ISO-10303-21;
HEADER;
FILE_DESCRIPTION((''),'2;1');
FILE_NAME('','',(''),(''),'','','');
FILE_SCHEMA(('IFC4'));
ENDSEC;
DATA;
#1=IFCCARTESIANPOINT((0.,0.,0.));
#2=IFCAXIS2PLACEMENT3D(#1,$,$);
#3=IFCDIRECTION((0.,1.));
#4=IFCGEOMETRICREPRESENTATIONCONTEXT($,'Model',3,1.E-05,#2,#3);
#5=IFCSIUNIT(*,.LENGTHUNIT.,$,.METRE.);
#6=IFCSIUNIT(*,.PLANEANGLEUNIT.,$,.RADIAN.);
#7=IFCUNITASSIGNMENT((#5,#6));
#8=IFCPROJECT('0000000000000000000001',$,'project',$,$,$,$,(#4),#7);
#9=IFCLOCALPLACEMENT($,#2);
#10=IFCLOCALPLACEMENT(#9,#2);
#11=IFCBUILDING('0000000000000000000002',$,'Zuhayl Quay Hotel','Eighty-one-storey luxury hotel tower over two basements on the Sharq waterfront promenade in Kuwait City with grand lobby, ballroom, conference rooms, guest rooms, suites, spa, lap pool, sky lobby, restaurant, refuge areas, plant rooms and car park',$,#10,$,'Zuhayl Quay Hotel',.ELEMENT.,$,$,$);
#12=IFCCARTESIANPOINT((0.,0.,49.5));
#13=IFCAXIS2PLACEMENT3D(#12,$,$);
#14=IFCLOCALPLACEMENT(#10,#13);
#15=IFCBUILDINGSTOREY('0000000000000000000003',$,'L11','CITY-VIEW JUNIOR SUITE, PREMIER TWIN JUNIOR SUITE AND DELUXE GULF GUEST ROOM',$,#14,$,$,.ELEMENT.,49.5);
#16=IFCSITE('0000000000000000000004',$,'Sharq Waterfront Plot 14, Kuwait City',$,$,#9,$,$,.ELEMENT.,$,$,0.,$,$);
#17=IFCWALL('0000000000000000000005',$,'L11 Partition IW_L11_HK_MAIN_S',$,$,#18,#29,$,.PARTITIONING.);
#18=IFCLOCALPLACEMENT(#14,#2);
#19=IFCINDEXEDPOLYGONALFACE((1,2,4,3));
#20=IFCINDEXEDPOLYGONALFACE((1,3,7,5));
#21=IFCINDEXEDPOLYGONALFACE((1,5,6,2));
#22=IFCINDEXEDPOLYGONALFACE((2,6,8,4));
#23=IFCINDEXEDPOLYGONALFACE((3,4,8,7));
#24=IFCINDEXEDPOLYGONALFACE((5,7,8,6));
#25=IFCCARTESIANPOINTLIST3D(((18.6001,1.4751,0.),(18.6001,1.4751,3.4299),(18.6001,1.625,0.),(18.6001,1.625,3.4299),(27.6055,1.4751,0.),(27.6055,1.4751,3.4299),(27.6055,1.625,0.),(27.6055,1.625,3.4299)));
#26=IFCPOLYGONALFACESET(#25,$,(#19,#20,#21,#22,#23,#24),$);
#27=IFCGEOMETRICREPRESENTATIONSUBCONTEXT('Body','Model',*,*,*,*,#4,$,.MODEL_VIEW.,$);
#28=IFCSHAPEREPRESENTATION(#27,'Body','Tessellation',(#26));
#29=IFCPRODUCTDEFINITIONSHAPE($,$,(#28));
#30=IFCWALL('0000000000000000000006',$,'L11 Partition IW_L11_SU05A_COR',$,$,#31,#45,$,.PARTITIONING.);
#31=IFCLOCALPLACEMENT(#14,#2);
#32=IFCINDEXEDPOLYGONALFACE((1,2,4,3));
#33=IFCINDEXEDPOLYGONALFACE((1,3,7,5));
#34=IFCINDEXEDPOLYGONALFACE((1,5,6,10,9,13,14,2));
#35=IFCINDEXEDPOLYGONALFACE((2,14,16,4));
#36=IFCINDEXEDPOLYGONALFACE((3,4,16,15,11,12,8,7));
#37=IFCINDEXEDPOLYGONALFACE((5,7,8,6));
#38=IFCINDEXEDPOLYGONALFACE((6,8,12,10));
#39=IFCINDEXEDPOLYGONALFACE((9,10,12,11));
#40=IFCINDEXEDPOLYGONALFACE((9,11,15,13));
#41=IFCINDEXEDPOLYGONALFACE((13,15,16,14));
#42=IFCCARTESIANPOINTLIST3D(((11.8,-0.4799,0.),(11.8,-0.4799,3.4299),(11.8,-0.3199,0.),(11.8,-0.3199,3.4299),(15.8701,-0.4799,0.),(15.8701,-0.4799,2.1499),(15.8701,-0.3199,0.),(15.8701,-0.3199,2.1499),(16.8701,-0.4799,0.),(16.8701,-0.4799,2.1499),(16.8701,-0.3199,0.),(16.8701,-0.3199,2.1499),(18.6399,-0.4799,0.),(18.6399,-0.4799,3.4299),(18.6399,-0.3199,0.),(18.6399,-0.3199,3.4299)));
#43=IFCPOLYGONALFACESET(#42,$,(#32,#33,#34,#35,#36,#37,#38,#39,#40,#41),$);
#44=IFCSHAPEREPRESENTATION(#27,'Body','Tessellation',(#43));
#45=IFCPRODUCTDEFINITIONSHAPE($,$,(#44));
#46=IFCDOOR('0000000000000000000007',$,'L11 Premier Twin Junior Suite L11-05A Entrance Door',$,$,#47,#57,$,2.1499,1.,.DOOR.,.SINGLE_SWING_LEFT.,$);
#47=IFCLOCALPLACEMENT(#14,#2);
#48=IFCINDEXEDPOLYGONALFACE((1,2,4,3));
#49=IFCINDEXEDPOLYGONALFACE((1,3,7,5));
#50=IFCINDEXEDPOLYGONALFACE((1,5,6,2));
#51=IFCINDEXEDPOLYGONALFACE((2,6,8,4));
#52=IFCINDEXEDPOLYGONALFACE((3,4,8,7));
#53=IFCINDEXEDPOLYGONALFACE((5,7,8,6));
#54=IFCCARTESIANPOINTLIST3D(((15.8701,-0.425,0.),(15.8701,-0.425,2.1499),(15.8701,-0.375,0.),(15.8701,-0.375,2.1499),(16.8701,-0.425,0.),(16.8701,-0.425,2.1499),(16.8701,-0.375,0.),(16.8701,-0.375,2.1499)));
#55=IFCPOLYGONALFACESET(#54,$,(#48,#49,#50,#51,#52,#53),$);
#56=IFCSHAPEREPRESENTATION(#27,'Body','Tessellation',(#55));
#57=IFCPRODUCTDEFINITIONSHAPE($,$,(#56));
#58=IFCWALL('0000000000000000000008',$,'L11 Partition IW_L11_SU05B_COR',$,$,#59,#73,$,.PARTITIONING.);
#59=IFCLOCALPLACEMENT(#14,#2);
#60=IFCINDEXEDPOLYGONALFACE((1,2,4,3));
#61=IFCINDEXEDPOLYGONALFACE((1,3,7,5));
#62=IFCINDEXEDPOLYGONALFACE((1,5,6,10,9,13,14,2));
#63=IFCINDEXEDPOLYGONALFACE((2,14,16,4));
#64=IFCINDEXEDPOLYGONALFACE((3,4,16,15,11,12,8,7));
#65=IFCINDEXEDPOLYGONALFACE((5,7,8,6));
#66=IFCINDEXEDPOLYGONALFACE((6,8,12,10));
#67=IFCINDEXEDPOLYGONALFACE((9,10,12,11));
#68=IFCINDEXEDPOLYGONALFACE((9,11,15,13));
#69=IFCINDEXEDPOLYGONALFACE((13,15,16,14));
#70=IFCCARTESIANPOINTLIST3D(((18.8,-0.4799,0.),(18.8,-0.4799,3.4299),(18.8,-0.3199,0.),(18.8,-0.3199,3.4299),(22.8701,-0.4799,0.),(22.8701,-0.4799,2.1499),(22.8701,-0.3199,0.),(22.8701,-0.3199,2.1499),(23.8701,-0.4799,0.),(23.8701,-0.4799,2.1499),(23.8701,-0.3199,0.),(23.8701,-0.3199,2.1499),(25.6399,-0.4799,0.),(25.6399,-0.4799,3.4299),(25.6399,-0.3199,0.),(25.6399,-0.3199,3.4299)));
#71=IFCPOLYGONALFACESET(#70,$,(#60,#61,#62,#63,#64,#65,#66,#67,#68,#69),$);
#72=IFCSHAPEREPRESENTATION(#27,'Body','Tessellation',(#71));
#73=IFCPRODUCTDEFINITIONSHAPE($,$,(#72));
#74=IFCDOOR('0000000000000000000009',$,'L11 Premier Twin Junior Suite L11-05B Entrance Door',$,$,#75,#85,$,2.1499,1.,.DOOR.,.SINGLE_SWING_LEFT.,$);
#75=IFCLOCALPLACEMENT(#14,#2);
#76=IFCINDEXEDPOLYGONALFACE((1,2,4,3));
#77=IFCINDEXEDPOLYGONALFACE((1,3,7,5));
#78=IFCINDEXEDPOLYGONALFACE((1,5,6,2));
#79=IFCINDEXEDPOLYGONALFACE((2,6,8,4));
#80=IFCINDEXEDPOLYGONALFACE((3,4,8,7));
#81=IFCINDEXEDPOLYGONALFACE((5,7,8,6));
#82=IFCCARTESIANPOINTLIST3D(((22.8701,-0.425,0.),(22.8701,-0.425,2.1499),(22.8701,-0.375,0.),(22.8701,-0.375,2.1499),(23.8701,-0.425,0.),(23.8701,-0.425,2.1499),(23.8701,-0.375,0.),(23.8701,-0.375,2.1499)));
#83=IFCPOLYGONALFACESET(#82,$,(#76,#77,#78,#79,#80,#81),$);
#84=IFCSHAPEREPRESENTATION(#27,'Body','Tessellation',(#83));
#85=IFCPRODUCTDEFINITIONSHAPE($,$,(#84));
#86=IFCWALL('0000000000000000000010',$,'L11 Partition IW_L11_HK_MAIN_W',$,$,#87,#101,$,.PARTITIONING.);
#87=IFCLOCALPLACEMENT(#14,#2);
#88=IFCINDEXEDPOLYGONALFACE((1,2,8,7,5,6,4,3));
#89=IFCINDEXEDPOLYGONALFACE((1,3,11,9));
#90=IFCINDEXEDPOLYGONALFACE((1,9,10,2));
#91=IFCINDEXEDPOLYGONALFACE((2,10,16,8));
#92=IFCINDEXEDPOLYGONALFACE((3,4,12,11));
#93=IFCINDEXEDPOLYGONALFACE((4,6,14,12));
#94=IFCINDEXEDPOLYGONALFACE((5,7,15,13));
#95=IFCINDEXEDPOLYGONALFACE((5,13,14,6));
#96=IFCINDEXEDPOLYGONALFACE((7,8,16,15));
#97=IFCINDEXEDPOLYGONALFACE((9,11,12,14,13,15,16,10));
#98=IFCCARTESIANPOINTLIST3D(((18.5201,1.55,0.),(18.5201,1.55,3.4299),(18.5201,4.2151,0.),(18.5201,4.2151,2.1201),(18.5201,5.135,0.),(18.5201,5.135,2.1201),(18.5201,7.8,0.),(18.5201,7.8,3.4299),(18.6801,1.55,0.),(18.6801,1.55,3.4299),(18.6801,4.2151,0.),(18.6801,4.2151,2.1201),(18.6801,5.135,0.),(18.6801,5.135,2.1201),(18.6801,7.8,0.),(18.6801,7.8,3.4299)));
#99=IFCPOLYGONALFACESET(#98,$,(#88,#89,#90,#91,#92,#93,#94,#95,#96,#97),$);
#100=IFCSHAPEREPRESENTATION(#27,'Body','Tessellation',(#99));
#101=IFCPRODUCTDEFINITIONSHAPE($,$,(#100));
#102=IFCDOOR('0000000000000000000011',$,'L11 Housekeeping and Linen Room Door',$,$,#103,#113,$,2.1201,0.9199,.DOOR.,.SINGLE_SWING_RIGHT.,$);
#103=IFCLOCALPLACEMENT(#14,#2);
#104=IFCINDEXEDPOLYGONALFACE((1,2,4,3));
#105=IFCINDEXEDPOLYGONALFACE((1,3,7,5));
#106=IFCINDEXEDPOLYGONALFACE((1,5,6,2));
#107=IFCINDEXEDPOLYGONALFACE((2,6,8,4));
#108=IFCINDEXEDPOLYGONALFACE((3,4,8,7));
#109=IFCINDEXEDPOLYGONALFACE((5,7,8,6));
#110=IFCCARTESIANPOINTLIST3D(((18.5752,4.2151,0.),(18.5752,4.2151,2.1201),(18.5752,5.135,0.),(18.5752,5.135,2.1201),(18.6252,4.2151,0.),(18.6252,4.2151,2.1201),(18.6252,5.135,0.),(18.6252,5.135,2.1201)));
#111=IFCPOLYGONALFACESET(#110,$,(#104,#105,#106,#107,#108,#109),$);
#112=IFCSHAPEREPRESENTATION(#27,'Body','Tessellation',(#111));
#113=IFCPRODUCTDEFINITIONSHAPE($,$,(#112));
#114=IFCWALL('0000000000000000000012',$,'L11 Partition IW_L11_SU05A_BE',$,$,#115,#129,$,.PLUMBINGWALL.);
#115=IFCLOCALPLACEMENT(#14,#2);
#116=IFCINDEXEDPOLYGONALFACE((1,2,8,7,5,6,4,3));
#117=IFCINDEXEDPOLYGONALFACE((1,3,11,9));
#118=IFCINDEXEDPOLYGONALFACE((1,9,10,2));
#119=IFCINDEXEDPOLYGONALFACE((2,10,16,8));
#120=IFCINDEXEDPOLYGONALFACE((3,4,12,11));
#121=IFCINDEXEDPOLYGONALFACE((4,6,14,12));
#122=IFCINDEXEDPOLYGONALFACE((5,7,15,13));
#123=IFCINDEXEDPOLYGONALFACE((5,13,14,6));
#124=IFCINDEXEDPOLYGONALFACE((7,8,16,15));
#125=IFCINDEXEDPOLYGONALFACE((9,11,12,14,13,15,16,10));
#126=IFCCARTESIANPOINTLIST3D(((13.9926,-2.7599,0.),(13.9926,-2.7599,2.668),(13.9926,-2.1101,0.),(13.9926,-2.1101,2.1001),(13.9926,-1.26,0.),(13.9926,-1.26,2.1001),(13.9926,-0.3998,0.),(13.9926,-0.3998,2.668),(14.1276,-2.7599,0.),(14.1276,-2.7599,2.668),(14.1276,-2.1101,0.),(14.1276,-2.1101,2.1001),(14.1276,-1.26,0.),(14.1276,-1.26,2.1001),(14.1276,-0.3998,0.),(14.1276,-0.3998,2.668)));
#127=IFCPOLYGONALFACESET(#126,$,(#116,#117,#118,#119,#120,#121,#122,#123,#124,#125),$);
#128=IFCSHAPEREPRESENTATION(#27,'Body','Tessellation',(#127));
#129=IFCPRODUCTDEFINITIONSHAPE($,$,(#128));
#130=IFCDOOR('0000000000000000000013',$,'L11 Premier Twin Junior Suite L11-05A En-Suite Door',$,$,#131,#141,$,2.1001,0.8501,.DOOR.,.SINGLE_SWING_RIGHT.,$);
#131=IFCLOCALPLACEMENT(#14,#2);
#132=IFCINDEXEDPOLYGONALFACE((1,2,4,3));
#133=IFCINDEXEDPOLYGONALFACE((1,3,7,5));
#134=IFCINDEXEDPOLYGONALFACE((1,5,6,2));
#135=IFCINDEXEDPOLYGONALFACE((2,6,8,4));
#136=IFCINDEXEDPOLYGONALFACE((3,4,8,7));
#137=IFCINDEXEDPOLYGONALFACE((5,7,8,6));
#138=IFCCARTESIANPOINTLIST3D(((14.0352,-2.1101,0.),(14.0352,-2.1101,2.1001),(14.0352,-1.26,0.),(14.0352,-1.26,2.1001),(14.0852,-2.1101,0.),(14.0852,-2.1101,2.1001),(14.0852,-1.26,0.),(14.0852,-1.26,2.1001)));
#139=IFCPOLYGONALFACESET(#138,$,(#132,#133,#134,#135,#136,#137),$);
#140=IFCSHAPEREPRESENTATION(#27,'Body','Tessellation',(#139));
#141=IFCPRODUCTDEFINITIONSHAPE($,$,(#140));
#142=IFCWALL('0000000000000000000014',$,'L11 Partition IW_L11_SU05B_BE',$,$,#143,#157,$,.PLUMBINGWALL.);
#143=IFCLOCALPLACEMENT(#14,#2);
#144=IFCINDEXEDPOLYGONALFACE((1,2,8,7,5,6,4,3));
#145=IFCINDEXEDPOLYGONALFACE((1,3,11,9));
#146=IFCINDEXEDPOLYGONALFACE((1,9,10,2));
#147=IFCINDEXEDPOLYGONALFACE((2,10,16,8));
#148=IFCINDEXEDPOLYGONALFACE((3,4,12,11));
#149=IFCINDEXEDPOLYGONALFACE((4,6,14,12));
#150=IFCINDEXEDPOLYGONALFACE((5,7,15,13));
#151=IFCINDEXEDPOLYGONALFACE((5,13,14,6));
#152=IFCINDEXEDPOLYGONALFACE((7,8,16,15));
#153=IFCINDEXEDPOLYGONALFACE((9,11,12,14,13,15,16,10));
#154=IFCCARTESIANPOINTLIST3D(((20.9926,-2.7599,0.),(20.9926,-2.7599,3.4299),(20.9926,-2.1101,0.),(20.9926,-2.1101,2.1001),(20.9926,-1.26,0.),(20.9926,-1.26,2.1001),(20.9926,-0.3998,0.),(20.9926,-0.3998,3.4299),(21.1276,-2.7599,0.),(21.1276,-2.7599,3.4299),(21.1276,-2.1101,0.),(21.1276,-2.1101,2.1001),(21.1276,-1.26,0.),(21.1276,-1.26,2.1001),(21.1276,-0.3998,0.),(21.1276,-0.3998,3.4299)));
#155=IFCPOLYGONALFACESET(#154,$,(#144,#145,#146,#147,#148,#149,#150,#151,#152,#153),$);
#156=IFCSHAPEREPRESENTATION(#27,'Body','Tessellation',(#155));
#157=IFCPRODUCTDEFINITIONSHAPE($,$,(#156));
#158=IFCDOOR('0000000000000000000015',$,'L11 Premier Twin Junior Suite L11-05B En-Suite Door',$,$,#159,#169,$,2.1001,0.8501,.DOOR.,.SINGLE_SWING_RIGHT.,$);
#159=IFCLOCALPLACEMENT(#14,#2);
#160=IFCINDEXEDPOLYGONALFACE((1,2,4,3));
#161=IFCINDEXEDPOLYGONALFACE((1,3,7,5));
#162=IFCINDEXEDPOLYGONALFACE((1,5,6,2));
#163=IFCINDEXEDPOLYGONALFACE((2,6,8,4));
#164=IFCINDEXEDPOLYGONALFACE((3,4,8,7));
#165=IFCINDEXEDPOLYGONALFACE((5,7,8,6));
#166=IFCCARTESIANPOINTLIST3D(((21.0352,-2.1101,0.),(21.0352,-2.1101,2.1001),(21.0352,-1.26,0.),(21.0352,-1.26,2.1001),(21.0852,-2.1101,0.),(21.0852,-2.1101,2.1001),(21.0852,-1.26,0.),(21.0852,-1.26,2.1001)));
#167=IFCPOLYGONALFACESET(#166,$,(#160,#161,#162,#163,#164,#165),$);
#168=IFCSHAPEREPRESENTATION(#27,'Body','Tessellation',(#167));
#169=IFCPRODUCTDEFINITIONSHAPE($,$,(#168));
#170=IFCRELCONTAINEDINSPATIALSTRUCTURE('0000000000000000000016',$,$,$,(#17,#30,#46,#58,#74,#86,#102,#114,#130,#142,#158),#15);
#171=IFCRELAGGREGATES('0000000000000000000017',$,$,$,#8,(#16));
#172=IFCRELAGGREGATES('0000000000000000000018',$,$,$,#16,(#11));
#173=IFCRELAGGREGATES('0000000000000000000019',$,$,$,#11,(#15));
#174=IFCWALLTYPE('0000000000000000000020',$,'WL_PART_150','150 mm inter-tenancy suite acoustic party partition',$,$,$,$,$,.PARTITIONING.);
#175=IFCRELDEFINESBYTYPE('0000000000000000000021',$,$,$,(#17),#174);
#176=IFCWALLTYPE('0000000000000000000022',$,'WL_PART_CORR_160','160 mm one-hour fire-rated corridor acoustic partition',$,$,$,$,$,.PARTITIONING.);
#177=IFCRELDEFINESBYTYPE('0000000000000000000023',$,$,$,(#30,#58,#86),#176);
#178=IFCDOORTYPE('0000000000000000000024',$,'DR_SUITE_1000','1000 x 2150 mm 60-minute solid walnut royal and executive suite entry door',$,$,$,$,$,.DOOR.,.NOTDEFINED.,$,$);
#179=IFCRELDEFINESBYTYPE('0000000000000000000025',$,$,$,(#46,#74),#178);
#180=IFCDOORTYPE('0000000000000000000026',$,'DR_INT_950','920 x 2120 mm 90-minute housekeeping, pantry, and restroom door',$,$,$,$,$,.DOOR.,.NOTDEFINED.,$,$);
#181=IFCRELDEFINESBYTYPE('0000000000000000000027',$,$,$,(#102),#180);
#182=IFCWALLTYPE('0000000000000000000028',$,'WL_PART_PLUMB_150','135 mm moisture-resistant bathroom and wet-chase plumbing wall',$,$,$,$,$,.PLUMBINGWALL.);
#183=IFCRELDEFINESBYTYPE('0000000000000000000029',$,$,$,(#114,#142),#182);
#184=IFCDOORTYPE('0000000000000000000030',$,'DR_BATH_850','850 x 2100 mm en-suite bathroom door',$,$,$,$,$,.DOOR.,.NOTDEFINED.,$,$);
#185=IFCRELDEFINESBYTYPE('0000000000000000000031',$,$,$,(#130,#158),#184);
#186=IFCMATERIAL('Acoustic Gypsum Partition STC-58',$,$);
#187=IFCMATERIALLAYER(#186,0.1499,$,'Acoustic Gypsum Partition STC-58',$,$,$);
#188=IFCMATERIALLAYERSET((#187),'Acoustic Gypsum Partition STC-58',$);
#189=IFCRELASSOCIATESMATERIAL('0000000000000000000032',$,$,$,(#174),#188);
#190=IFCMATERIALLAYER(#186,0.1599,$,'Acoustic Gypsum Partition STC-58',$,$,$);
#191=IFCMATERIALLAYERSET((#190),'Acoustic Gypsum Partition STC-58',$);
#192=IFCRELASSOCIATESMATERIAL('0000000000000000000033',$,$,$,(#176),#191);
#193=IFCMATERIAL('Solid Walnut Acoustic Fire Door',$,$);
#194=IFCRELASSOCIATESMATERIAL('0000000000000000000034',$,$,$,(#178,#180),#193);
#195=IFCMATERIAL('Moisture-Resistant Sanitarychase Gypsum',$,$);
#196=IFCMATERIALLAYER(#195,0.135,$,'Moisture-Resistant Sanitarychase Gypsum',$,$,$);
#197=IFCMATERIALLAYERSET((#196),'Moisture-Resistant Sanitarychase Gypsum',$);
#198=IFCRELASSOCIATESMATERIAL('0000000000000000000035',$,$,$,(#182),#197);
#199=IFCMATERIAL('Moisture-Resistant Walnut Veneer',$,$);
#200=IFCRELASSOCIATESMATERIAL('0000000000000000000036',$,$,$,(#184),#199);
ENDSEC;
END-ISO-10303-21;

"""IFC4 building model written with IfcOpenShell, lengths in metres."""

from ifc_helpers import new_model, si_unit, direction, frame, frame_2d, origin, place, context, subcontext, project, spatial, rectangle, extrude, material, layer, layer_set, type_object, element, fill, save


model = new_model("IFC4")

# Units and contexts
model_context = context("Model", 3, precision=1e-05, world=origin(), true_north=direction((0.0, 1.0)))
body_context = subcontext(model_context, "Body", "Model", "MODEL_VIEW")
ifc_project = project(units=[si_unit("LENGTHUNIT", "METRE"), si_unit("PLANEANGLEUNIT", "RADIAN")], contexts=[model_context])

# Site, building, storey
site_placement = place(None, origin())
site = spatial("IfcSite", under=ifc_project, at=site_placement, Name="Sharq Waterfront Plot 14, Kuwait City", CompositionType="ELEMENT", RefElevation=0.0)
building_placement = place(site_placement, origin())
building = spatial("IfcBuilding", under=site, at=building_placement, Name="Zuhayl Quay Hotel", Description="Eighty-one-storey luxury hotel tower over two basements on the Sharq waterfront promenade in Kuwait City with grand lobby, ballroom, conference rooms, guest rooms, suites, spa, lap pool, sky lobby, restaurant, refuge areas, plant rooms and car park", LongName="Zuhayl Quay Hotel", CompositionType="ELEMENT")
storey_placement = place(building_placement, frame((0.0, 0.0, 49.5)))
storey = spatial("IfcBuildingStorey", under=building, at=storey_placement, Name="L11", Description="CITY-VIEW JUNIOR SUITE, PREMIER TWIN JUNIOR SUITE AND DELUXE GULF GUEST ROOM", CompositionType="ELEMENT", Elevation=49.5)

# Wall
ifc_material_1 = material(Name="Acoustic Gypsum Partition STC-58")
ifc_layer_1 = layer(ifc_material_1, 0.1499, Name="Acoustic Gypsum Partition STC-58")
ifc_layer_set_1 = layer_set([ifc_layer_1], Name="Acoustic Gypsum Partition STC-58")
wall_type_1 = type_object("IfcWallType", Name="WL_PART_150", Description="150 mm inter-tenancy suite acoustic party partition", PredefinedType="PARTITIONING", material=ifc_layer_set_1)
wall_1_placement = place(storey_placement, frame((18.6001, 1.55, 0.0), z_axis=(0.0, 0.0, 1.0), x_axis=(1.0, 0.0, 0.0)))
element("IfcWall", 1, at=wall_1_placement, inside=storey, type_object=wall_type_1, Name="L11 Partition IW_L11_HK_MAIN_S", PredefinedType="PARTITIONING", context=body_context, shape_type="SweptSolid", body=[
    extrude(rectangle(XDim=9.0054, YDim=0.1499, at=frame_2d((4.5027, 0.0))), origin(), (0.0, 0.0, 1.0), 3.4299),
])

# Walls, openings, doors
ifc_layer_2 = layer(ifc_material_1, 0.1599, Name="Acoustic Gypsum Partition STC-58")
ifc_layer_set_2 = layer_set([ifc_layer_2], Name="Acoustic Gypsum Partition STC-58")
wall_type_2 = type_object("IfcWallType", Name="WL_PART_CORR_160", Description="160 mm one-hour fire-rated corridor acoustic partition", PredefinedType="PARTITIONING", material=ifc_layer_set_2)
wall_2_placement = place(storey_placement, frame((11.8, -0.3999, 0.0), z_axis=(0.0, 0.0, 1.0), x_axis=(1.0, 0.0, 0.0)))
wall_2 = element("IfcWall", 2, at=wall_2_placement, inside=storey, type_object=wall_type_2, Name="L11 Partition IW_L11_SU05A_COR", PredefinedType="PARTITIONING", context=body_context, shape_type="SweptSolid", body=[
    extrude(rectangle(XDim=6.8398, YDim=0.1599, at=frame_2d((3.4199, 0.0))), origin(), (0.0, 0.0, 1.0), 3.4299),
])
opening_1_placement = place(wall_2_placement, frame((4.0701, 0.0, 0.0)))
opening_1 = element("IfcOpeningElement", 3, at=opening_1_placement, cuts=wall_2, PredefinedType="OPENING", context=body_context, shape_type="SweptSolid", body=[
    extrude(rectangle(XDim=1.0, YDim=2.1499, at=frame_2d((0.5, 1.075))), frame((0.0, 0.0898, 0.0), z_axis=(0.0, -1.0, 0.0), x_axis=(1.0, 0.0, 0.0)), (0.0, 0.0, 1.0), 0.1799),
])
ifc_material_2 = material(Name="Solid Walnut Acoustic Fire Door")
door_type_1 = type_object("IfcDoorType", Name="DR_SUITE_1000", Description="1000 x 2150 mm 60-minute solid walnut royal and executive suite entry door", OperationType="NOTDEFINED", PredefinedType="DOOR", material=ifc_material_2)
door_1_placement = place(opening_1_placement, origin())
door_1 = element("IfcDoor", 4, at=door_1_placement, inside=storey, type_object=door_type_1, Name="L11 Premier Twin Junior Suite L11-05A Entrance Door", OperationType="SINGLE_SWING_LEFT", OverallHeight=2.1499, OverallWidth=1.0, PredefinedType="DOOR", context=body_context, shape_type="SweptSolid", body=[
    extrude(rectangle(XDim=1.0, YDim=2.1499, at=frame_2d((0.5, 1.075))), frame((0.0, 0.0249, 0.0), z_axis=(0.0, -1.0, 0.0), x_axis=(1.0, 0.0, 0.0)), (0.0, 0.0, 1.0), 0.05),
])
fill(opening_1, door_1)
wall_3_placement = place(storey_placement, frame((18.8, -0.3999, 0.0), z_axis=(0.0, 0.0, 1.0), x_axis=(1.0, 0.0, 0.0)))
wall_3 = element("IfcWall", 5, at=wall_3_placement, inside=storey, type_object=wall_type_2, Name="L11 Partition IW_L11_SU05B_COR", PredefinedType="PARTITIONING", context=body_context, shape_type="SweptSolid", body=[
    extrude(rectangle(XDim=6.8398, YDim=0.1599, at=frame_2d((3.4199, 0.0))), origin(), (0.0, 0.0, 1.0), 3.4299),
])
opening_2_placement = place(wall_3_placement, frame((4.0701, 0.0, 0.0)))
opening_2 = element("IfcOpeningElement", 6, at=opening_2_placement, cuts=wall_3, PredefinedType="OPENING", context=body_context, shape_type="SweptSolid", body=[
    extrude(rectangle(XDim=1.0, YDim=2.1499, at=frame_2d((0.5, 1.075))), frame((0.0, 0.0898, 0.0), z_axis=(0.0, -1.0, 0.0), x_axis=(1.0, 0.0, 0.0)), (0.0, 0.0, 1.0), 0.1799),
])
door_2_placement = place(opening_2_placement, origin())
door_2 = element("IfcDoor", 7, at=door_2_placement, inside=storey, type_object=door_type_1, Name="L11 Premier Twin Junior Suite L11-05B Entrance Door", OperationType="SINGLE_SWING_LEFT", OverallHeight=2.1499, OverallWidth=1.0, PredefinedType="DOOR", context=body_context, shape_type="SweptSolid", body=[
    extrude(rectangle(XDim=1.0, YDim=2.1499, at=frame_2d((0.5, 1.075))), frame((0.0, 0.0249, 0.0), z_axis=(0.0, -1.0, 0.0), x_axis=(1.0, 0.0, 0.0)), (0.0, 0.0, 1.0), 0.05),
])
fill(opening_2, door_2)
wall_4_placement = place(storey_placement, frame((18.6001, 1.55, 0.0), z_axis=(0.0, 0.0, 1.0), x_axis=(0.0, 1.0, 0.0)))
wall_4 = element("IfcWall", 8, at=wall_4_placement, inside=storey, type_object=wall_type_2, Name="L11 Partition IW_L11_HK_MAIN_W", PredefinedType="PARTITIONING", context=body_context, shape_type="SweptSolid", body=[
    extrude(rectangle(XDim=6.25, YDim=0.1599, at=frame_2d((3.125, 0.0))), origin(), (0.0, 0.0, 1.0), 3.4299),
])
opening_3_placement = place(wall_4_placement, frame((2.665, 0.0, 0.0)))
opening_3 = element("IfcOpeningElement", 9, at=opening_3_placement, cuts=wall_4, PredefinedType="OPENING", context=body_context, shape_type="SweptSolid", body=[
    extrude(rectangle(XDim=0.9199, YDim=2.1201, at=frame_2d((0.46, 1.0601))), frame((0.0, 0.0898, 0.0), z_axis=(0.0, -1.0, 0.0), x_axis=(1.0, 0.0, 0.0)), (0.0, 0.0, 1.0), 0.1799),
])
door_type_2 = type_object("IfcDoorType", Name="DR_INT_950", Description="920 x 2120 mm 90-minute housekeeping, pantry, and restroom door", OperationType="NOTDEFINED", PredefinedType="DOOR", material=ifc_material_2)
door_3_placement = place(opening_3_placement, origin())
door_3 = element("IfcDoor", 10, at=door_3_placement, inside=storey, type_object=door_type_2, Name="L11 Housekeeping and Linen Room Door", OperationType="SINGLE_SWING_RIGHT", OverallHeight=2.1201, OverallWidth=0.9199, PredefinedType="DOOR", context=body_context, shape_type="SweptSolid", body=[
    extrude(rectangle(XDim=0.9199, YDim=2.1201, at=frame_2d((0.46, 1.0601))), frame((0.0, 0.0249, 0.0), z_axis=(0.0, -1.0, 0.0), x_axis=(1.0, 0.0, 0.0)), (0.0, 0.0, 1.0), 0.05),
])
fill(opening_3, door_3)
ifc_material_3 = material(Name="Moisture-Resistant Sanitarychase Gypsum")
ifc_layer_3 = layer(ifc_material_3, 0.135, Name="Moisture-Resistant Sanitarychase Gypsum")
ifc_layer_set_3 = layer_set([ifc_layer_3], Name="Moisture-Resistant Sanitarychase Gypsum")
wall_type_3 = type_object("IfcWallType", Name="WL_PART_PLUMB_150", Description="135 mm moisture-resistant bathroom and wet-chase plumbing wall", PredefinedType="PLUMBINGWALL", material=ifc_layer_set_3)
wall_5_placement = place(storey_placement, frame((14.0601, -2.76, 0.0), z_axis=(0.0, 0.0, 1.0), x_axis=(0.0, 1.0, 0.0)))
wall_5 = element("IfcWall", 11, at=wall_5_placement, inside=storey, type_object=wall_type_3, Name="L11 Partition IW_L11_SU05A_BE", PredefinedType="PLUMBINGWALL", context=body_context, shape_type="SweptSolid", body=[
    extrude(rectangle(XDim=2.3601, YDim=0.135, at=frame_2d((1.1802, 0.0))), origin(), (0.0, 0.0, 1.0), 2.668),
])
opening_4_placement = place(wall_5_placement, frame((0.6499, 0.0, 0.0)))
opening_4 = element("IfcOpeningElement", 12, at=opening_4_placement, cuts=wall_5, PredefinedType="OPENING", context=body_context, shape_type="SweptSolid", body=[
    extrude(rectangle(XDim=0.8501, YDim=2.1001, at=frame_2d((0.425, 1.05))), frame((0.0, 0.0774, 0.0), z_axis=(0.0, -1.0, 0.0), x_axis=(1.0, 0.0, 0.0)), (0.0, 0.0, 1.0), 0.155),
])
ifc_material_4 = material(Name="Moisture-Resistant Walnut Veneer")
door_type_3 = type_object("IfcDoorType", Name="DR_BATH_850", Description="850 x 2100 mm en-suite bathroom door", OperationType="NOTDEFINED", PredefinedType="DOOR", material=ifc_material_4)
door_4_placement = place(opening_4_placement, origin())
door_4 = element("IfcDoor", 13, at=door_4_placement, inside=storey, type_object=door_type_3, Name="L11 Premier Twin Junior Suite L11-05A En-Suite Door", OperationType="SINGLE_SWING_RIGHT", OverallHeight=2.1001, OverallWidth=0.8501, PredefinedType="DOOR", context=body_context, shape_type="SweptSolid", body=[
    extrude(rectangle(XDim=0.8501, YDim=2.1001, at=frame_2d((0.425, 1.05))), frame((0.0, 0.0249, 0.0), z_axis=(0.0, -1.0, 0.0), x_axis=(1.0, 0.0, 0.0)), (0.0, 0.0, 1.0), 0.05),
])
fill(opening_4, door_4)
wall_6_placement = place(storey_placement, frame((21.0601, -2.76, 0.0), z_axis=(0.0, 0.0, 1.0), x_axis=(0.0, 1.0, 0.0)))
wall_6 = element("IfcWall", 14, at=wall_6_placement, inside=storey, type_object=wall_type_3, Name="L11 Partition IW_L11_SU05B_BE", PredefinedType="PLUMBINGWALL", context=body_context, shape_type="SweptSolid", body=[
    extrude(rectangle(XDim=2.3601, YDim=0.135, at=frame_2d((1.1802, 0.0))), origin(), (0.0, 0.0, 1.0), 3.4299),
])
opening_5_placement = place(wall_6_placement, frame((0.6499, 0.0, 0.0)))
opening_5 = element("IfcOpeningElement", 15, at=opening_5_placement, cuts=wall_6, PredefinedType="OPENING", context=body_context, shape_type="SweptSolid", body=[
    extrude(rectangle(XDim=0.8501, YDim=2.1001, at=frame_2d((0.425, 1.05))), frame((0.0, 0.0774, 0.0), z_axis=(0.0, -1.0, 0.0), x_axis=(1.0, 0.0, 0.0)), (0.0, 0.0, 1.0), 0.155),
])
door_5_placement = place(opening_5_placement, origin())
door_5 = element("IfcDoor", 16, at=door_5_placement, inside=storey, type_object=door_type_3, Name="L11 Premier Twin Junior Suite L11-05B En-Suite Door", OperationType="SINGLE_SWING_RIGHT", OverallHeight=2.1001, OverallWidth=0.8501, PredefinedType="DOOR", context=body_context, shape_type="SweptSolid", body=[
    extrude(rectangle(XDim=0.8501, YDim=2.1001, at=frame_2d((0.425, 1.05))), frame((0.0, 0.0249, 0.0), z_axis=(0.0, -1.0, 0.0), x_axis=(1.0, 0.0, 0.0)), (0.0, 0.0, 1.0), 0.05),
])
fill(opening_5, door_5)

save(model, "model.ifc")
